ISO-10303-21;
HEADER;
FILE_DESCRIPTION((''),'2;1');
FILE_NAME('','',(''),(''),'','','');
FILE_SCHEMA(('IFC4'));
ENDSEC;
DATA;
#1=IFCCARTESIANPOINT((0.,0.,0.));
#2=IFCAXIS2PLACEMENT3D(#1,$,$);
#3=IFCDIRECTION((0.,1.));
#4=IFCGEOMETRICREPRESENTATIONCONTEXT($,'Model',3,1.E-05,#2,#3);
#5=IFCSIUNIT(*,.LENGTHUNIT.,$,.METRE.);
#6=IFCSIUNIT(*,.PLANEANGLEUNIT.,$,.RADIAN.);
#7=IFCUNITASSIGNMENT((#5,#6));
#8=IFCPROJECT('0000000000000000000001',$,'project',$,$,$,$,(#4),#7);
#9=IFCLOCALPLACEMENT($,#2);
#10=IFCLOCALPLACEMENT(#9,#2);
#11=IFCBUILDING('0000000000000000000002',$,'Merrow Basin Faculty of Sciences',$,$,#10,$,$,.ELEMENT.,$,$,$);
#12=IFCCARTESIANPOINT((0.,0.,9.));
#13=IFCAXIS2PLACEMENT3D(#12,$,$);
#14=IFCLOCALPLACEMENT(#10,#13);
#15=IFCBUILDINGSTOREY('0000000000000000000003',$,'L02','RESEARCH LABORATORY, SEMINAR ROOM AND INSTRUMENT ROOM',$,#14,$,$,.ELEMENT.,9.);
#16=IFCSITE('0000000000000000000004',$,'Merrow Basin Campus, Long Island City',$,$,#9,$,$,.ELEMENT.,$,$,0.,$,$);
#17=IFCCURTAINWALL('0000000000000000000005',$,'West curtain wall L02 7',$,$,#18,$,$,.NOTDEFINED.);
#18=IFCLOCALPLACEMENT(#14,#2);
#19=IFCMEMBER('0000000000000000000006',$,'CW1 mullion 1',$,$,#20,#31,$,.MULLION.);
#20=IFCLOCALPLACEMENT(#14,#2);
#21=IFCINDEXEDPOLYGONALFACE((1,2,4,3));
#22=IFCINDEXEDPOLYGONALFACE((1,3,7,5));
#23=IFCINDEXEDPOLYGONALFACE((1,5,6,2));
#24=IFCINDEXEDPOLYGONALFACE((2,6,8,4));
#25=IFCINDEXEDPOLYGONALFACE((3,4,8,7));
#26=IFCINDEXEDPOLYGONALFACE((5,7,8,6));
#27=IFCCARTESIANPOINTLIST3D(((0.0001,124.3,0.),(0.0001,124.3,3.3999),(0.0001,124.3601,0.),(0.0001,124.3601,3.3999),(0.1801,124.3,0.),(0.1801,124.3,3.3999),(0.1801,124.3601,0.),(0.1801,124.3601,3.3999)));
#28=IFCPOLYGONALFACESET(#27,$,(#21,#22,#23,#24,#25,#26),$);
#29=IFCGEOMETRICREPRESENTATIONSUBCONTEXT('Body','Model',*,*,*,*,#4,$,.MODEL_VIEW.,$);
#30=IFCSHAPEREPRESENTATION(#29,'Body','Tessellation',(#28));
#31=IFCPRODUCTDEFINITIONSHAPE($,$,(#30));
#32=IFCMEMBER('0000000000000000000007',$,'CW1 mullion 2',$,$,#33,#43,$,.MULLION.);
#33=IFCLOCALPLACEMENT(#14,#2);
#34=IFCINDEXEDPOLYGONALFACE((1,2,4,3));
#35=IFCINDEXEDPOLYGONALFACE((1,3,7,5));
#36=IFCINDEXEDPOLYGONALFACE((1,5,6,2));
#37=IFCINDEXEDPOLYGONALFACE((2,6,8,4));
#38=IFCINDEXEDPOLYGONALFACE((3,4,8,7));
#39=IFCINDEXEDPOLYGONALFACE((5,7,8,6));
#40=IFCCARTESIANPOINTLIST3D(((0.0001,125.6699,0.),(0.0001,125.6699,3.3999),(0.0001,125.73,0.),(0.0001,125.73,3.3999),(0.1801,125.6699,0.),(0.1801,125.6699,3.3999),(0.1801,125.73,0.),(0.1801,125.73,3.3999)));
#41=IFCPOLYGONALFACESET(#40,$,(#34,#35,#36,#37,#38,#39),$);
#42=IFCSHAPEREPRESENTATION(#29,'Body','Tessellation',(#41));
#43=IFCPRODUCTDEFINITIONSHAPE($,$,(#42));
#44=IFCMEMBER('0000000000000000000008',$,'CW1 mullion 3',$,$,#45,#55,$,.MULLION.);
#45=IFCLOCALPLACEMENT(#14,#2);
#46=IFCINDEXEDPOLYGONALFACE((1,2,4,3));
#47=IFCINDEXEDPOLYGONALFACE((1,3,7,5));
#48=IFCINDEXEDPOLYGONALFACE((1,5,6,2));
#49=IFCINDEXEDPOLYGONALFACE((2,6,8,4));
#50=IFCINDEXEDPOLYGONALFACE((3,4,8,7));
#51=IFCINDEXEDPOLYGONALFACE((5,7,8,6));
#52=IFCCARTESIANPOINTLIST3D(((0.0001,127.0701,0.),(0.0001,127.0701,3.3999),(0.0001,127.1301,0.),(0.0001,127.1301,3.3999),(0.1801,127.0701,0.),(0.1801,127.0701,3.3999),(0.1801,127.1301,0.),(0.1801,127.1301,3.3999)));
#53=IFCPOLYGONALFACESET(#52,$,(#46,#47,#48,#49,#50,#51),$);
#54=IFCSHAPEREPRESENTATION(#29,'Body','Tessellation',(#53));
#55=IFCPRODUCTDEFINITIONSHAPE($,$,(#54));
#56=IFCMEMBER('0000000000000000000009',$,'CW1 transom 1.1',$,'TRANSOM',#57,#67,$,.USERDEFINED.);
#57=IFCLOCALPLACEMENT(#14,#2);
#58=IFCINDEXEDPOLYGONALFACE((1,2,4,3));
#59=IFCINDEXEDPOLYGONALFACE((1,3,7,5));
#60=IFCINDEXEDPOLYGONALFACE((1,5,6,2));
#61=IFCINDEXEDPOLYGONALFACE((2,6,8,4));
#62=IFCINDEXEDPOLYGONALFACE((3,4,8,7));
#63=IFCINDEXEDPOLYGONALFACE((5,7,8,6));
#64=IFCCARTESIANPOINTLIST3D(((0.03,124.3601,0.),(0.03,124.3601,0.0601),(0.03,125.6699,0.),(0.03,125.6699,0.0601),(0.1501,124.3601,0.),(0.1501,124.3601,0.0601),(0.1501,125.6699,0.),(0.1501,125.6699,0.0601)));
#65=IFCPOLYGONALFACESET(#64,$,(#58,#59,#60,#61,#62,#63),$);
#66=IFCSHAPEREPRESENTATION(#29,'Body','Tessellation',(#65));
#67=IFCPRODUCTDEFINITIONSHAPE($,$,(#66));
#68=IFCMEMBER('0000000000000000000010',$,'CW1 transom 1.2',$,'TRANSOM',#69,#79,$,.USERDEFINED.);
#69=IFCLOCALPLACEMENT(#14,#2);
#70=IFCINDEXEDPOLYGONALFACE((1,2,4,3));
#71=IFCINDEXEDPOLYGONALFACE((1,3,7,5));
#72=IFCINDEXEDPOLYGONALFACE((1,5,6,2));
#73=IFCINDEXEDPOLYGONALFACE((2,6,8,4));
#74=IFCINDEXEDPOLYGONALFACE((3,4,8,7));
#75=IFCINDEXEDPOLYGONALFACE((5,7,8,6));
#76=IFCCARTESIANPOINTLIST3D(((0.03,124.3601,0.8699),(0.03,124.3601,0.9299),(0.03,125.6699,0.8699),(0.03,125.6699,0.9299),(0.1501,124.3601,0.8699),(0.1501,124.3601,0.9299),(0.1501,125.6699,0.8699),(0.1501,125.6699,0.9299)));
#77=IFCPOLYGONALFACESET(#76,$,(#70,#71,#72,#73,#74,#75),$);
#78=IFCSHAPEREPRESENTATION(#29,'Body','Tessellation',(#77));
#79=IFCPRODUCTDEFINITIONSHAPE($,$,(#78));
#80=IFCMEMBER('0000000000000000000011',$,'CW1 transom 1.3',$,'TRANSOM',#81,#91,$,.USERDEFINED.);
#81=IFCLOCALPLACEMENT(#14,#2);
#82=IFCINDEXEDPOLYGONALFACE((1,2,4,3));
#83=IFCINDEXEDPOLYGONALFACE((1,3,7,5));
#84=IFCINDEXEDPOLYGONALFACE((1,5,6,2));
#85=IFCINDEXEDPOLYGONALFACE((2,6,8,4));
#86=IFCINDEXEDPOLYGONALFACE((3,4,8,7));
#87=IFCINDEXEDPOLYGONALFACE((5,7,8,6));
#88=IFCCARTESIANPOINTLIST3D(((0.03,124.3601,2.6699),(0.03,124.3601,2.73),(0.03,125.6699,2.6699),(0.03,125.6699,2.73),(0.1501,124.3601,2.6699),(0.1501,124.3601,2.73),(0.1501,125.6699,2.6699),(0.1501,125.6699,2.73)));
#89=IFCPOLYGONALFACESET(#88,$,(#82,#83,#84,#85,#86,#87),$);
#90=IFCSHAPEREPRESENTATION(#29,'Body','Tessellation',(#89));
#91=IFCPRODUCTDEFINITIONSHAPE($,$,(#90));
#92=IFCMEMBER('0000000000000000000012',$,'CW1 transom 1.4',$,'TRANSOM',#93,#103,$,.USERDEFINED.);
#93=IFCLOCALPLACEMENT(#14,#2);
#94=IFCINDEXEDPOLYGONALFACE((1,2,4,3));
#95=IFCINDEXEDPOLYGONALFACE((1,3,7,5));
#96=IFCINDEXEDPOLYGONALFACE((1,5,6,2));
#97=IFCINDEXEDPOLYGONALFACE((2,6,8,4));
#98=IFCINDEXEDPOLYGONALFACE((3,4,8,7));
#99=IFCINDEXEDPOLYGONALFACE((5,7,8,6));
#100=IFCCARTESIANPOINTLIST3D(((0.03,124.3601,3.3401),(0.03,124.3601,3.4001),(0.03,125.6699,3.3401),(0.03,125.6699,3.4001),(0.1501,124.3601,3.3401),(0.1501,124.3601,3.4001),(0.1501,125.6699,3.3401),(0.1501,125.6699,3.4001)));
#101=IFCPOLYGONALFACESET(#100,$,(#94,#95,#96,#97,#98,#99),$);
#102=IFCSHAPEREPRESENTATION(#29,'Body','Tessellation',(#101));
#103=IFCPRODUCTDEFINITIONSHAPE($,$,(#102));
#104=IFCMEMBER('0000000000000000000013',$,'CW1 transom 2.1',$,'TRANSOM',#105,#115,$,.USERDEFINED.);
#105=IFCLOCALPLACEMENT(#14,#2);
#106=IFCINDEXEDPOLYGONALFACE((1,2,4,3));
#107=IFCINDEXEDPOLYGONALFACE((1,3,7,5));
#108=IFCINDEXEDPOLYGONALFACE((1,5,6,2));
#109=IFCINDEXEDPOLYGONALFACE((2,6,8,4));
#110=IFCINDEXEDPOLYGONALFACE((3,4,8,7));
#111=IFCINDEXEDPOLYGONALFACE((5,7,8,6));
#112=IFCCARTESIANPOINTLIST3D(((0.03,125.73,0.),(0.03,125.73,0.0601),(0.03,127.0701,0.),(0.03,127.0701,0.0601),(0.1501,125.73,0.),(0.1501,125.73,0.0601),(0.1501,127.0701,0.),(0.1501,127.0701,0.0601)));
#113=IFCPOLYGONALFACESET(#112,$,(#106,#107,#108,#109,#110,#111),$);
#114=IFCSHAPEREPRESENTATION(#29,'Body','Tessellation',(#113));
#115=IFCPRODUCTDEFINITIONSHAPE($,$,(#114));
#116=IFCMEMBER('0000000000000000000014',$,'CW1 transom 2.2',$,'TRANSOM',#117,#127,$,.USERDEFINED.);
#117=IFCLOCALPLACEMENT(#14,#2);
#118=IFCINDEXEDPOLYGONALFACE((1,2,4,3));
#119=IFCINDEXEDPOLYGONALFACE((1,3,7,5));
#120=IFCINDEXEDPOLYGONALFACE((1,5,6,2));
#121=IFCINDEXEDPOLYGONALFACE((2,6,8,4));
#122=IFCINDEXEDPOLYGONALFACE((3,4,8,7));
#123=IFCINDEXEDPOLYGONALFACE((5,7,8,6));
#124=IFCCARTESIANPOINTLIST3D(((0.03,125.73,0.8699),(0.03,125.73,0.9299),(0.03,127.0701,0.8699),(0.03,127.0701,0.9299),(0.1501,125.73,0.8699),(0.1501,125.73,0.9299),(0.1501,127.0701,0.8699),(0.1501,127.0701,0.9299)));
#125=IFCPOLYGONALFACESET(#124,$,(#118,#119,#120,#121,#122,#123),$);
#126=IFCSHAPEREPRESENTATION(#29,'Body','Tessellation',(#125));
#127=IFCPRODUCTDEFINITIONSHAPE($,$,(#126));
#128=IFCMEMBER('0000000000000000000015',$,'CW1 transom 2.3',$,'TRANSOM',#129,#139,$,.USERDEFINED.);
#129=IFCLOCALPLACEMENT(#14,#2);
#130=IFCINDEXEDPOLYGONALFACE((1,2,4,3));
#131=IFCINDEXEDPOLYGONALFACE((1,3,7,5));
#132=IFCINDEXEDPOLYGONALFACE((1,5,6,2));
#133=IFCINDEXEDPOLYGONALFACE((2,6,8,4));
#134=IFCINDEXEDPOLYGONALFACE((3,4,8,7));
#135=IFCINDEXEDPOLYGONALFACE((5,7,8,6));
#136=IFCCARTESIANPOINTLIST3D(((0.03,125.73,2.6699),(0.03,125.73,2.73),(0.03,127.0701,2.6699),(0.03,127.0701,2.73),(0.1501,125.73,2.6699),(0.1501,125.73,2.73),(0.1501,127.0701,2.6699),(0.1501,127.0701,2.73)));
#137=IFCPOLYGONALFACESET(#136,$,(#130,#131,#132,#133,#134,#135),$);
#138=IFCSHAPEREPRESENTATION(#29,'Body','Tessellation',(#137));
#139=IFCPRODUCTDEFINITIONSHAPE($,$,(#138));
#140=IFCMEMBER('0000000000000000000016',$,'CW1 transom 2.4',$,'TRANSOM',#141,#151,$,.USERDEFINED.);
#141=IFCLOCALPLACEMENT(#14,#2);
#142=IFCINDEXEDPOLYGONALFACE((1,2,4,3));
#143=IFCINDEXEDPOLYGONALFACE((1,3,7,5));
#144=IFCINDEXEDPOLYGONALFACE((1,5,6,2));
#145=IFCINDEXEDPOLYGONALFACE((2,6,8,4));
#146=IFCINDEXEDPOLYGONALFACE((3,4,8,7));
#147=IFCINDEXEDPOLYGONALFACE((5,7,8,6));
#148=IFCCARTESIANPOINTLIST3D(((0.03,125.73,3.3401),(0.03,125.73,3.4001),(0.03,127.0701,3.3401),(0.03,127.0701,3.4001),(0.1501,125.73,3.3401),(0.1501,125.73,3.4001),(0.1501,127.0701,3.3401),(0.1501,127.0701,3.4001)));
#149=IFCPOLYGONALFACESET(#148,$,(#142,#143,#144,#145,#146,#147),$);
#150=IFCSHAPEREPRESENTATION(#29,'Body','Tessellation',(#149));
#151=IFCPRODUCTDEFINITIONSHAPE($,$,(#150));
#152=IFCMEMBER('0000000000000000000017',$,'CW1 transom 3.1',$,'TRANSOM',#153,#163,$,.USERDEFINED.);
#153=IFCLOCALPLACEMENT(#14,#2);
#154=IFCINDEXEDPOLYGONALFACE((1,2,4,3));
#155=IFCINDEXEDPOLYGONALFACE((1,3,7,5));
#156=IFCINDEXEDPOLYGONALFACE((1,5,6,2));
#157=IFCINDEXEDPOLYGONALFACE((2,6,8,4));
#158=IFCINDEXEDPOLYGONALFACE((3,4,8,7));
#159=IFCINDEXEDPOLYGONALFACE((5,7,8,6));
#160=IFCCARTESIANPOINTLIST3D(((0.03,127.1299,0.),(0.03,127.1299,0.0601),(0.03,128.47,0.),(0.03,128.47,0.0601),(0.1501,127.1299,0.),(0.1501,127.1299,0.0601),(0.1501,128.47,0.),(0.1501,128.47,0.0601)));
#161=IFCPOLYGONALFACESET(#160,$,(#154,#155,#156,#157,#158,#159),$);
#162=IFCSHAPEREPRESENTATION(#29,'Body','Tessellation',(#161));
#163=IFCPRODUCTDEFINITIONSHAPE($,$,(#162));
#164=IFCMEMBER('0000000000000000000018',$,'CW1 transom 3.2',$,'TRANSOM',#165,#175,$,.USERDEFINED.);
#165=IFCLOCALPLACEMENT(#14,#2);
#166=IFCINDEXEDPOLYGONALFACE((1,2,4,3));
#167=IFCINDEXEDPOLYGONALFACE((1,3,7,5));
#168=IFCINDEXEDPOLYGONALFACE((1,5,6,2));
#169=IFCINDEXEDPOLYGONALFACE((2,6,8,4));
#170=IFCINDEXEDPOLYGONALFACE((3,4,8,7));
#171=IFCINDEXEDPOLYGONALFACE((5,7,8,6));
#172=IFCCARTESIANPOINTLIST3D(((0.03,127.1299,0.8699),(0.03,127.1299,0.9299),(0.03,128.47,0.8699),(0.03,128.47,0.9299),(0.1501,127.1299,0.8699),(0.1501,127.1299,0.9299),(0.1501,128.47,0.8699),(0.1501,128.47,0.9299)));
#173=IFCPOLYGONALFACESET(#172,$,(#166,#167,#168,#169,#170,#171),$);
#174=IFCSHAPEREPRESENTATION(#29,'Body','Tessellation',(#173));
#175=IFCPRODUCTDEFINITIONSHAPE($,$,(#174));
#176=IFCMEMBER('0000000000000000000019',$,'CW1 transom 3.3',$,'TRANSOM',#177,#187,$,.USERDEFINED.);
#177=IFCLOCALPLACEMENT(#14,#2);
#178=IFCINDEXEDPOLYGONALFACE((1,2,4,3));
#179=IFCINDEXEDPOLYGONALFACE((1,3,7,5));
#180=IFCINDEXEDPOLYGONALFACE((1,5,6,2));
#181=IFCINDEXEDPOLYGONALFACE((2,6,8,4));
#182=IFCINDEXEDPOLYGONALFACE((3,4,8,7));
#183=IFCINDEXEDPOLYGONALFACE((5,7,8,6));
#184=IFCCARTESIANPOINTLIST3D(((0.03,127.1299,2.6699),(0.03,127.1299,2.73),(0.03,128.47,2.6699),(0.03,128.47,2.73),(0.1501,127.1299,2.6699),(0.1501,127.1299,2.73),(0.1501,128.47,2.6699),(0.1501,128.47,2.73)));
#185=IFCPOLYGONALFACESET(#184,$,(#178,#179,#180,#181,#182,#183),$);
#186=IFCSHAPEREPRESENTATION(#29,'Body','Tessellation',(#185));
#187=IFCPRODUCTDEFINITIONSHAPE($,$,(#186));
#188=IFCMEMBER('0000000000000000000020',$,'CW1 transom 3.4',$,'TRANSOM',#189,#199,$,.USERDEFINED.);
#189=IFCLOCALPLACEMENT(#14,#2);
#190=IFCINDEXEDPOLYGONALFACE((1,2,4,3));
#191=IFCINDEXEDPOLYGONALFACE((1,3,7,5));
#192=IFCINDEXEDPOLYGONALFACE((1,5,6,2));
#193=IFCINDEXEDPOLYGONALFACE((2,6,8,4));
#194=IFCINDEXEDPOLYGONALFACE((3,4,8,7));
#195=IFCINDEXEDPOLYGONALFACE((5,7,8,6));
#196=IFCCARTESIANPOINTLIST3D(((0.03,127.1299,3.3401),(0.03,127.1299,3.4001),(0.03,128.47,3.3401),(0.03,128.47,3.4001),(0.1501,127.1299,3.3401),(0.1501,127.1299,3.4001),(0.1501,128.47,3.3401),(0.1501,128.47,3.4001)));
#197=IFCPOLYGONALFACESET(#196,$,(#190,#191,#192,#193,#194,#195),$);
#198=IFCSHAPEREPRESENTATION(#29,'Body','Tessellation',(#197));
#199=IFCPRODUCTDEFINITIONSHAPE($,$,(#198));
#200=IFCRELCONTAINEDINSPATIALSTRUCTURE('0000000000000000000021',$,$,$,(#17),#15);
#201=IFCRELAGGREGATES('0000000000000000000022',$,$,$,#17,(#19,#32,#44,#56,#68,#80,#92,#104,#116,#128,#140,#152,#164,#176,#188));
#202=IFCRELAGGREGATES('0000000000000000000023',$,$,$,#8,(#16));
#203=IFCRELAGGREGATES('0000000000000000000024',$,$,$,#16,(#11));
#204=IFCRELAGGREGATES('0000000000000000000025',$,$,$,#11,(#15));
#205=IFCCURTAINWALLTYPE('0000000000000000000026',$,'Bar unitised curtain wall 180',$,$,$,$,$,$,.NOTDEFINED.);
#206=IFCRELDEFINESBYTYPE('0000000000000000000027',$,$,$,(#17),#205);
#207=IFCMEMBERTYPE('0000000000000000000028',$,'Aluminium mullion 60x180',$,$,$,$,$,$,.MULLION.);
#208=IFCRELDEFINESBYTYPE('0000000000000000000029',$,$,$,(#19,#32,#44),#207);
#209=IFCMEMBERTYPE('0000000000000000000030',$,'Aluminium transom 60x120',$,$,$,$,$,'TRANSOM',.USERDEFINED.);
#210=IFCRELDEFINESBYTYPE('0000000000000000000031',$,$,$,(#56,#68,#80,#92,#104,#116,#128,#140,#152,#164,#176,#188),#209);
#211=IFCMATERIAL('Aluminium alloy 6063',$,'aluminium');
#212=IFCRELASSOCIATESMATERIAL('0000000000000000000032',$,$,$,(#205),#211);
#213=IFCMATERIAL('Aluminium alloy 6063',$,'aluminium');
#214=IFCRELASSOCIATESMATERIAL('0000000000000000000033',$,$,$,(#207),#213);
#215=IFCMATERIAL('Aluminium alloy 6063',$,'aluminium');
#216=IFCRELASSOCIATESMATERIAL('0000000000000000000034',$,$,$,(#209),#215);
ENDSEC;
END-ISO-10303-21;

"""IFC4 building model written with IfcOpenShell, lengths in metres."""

from ifc_helpers import new_model, si_unit, direction, frame, origin, origin_2d, place, context, subcontext, project, spatial, rectangle, extrude, material, material_profile, profile_set, type_object, element, aggregate, save


model = new_model("IFC4")

# Units and contexts
model_context = context("Model", 3, precision=1e-05, world=origin(), true_north=direction((0.0, 1.0)))
body_context = subcontext(model_context, "Body", "Model", "MODEL_VIEW")
ifc_project = project(units=[si_unit("LENGTHUNIT", "METRE"), si_unit("PLANEANGLEUNIT", "RADIAN")], contexts=[model_context])

# Site, building, storey
site_placement = place(None, origin())
site = spatial("IfcSite", under=ifc_project, at=site_placement, Name="Merrow Basin Campus, Long Island City", CompositionType="ELEMENT", RefElevation=0.0)
building_placement = place(site_placement, origin())
building = spatial("IfcBuilding", under=site, at=building_placement, Name="Merrow Basin Faculty of Sciences", CompositionType="ELEMENT")
storey_placement = place(building_placement, frame((0.0, 0.0, 9.0)))
storey = spatial("IfcBuildingStorey", under=building, at=storey_placement, Name="L02", Description="RESEARCH LABORATORY, SEMINAR ROOM AND INSTRUMENT ROOM", CompositionType="ELEMENT", Elevation=9.0)

# Curtain wall, members
ifc_material_1 = material(Name="Aluminium alloy 6063", Category="aluminium")
curtain_wall_type = type_object("IfcCurtainWallType", Name="Bar unitised curtain wall 180", PredefinedType="NOTDEFINED", material=ifc_material_1)
curtain_wall_placement = place(storey_placement, origin())
curtain_wall = element("IfcCurtainWall", 1, at=curtain_wall_placement, inside=storey, type_object=curtain_wall_type, Name="West curtain wall L02 7", PredefinedType="NOTDEFINED")
ifc_material_2 = material(Name="Aluminium alloy 6063", Category="aluminium")
ifc_material_profile_1 = material_profile(ifc_material_2, rectangle(XDim=0.1799, YDim=0.0601, at=origin_2d()))
ifc_profile_set_1 = profile_set([ifc_material_profile_1], Name="Aluminium alloy 6063")
member_type_1 = type_object("IfcMemberType", Name="Aluminium mullion 60x180", PredefinedType="MULLION", material=ifc_profile_set_1)
member_1_placement = place(storey_placement, frame((0.0901, 124.3301, 0.0), z_axis=(0.0, 0.0, 1.0), x_axis=(-1.0, 0.0, 0.0)))
member_1 = element("IfcMember", 2, at=member_1_placement, type_object=member_type_1, Name="CW1 mullion 1", PredefinedType="MULLION", context=body_context, shape_type="SweptSolid", body=[
    extrude(rectangle(XDim=0.1799, YDim=0.0601, at=origin_2d()), origin(), (0.0, 0.0, 1.0), 3.3999),
])
member_2_placement = place(storey_placement, frame((0.0901, 125.7, 0.0), z_axis=(0.0, 0.0, 1.0), x_axis=(-1.0, 0.0, 0.0)))
member_2 = element("IfcMember", 3, at=member_2_placement, type_object=member_type_1, Name="CW1 mullion 2", PredefinedType="MULLION", context=body_context, shape_type="SweptSolid", body=[
    extrude(rectangle(XDim=0.1799, YDim=0.0601, at=origin_2d()), origin(), (0.0, 0.0, 1.0), 3.3999),
])
member_3_placement = place(storey_placement, frame((0.0901, 127.1001, 0.0), z_axis=(0.0, 0.0, 1.0), x_axis=(-1.0, 0.0, 0.0)))
member_3 = element("IfcMember", 4, at=member_3_placement, type_object=member_type_1, Name="CW1 mullion 3", PredefinedType="MULLION", context=body_context, shape_type="SweptSolid", body=[
    extrude(rectangle(XDim=0.1799, YDim=0.0601, at=origin_2d()), origin(), (0.0, 0.0, 1.0), 3.3999),
])
ifc_material_3 = material(Name="Aluminium alloy 6063", Category="aluminium")
ifc_material_profile_2 = material_profile(ifc_material_3, rectangle(XDim=0.1201, YDim=0.0601, at=origin_2d()))
ifc_profile_set_2 = profile_set([ifc_material_profile_2], Name="Aluminium alloy 6063")
member_type_2 = type_object("IfcMemberType", Name="Aluminium transom 60x120", ElementType="TRANSOM", PredefinedType="USERDEFINED", material=ifc_profile_set_2)
member_4_placement = place(storey_placement, frame((0.0901, 124.3601, 0.03), z_axis=(0.0, 1.0, 0.0), x_axis=(-1.0, 0.0, 0.0)))
member_4 = element("IfcMember", 5, at=member_4_placement, type_object=member_type_2, Name="CW1 transom 1.1", ObjectType="TRANSOM", PredefinedType="USERDEFINED", context=body_context, shape_type="SweptSolid", body=[
    extrude(rectangle(XDim=0.1201, YDim=0.0601, at=origin_2d()), origin(), (0.0, 0.0, 1.0), 1.3098),
])
member_5_placement = place(storey_placement, frame((0.0901, 124.3601, 0.8999), z_axis=(0.0, 1.0, 0.0), x_axis=(-1.0, 0.0, 0.0)))
member_5 = element("IfcMember", 6, at=member_5_placement, type_object=member_type_2, Name="CW1 transom 1.2", ObjectType="TRANSOM", PredefinedType="USERDEFINED", context=body_context, shape_type="SweptSolid", body=[
    extrude(rectangle(XDim=0.1201, YDim=0.0601, at=origin_2d()), origin(), (0.0, 0.0, 1.0), 1.3098),
])
member_6_placement = place(storey_placement, frame((0.0901, 124.3601, 2.7), z_axis=(0.0, 1.0, 0.0), x_axis=(-1.0, 0.0, 0.0)))
member_6 = element("IfcMember", 7, at=member_6_placement, type_object=member_type_2, Name="CW1 transom 1.3", ObjectType="TRANSOM", PredefinedType="USERDEFINED", context=body_context, shape_type="SweptSolid", body=[
    extrude(rectangle(XDim=0.1201, YDim=0.0601, at=origin_2d()), origin(), (0.0, 0.0, 1.0), 1.3098),
])
member_7_placement = place(storey_placement, frame((0.0901, 124.3601, 3.3701), z_axis=(0.0, 1.0, 0.0), x_axis=(-1.0, 0.0, 0.0)))
member_7 = element("IfcMember", 8, at=member_7_placement, type_object=member_type_2, Name="CW1 transom 1.4", ObjectType="TRANSOM", PredefinedType="USERDEFINED", context=body_context, shape_type="SweptSolid", body=[
    extrude(rectangle(XDim=0.1201, YDim=0.0601, at=origin_2d()), origin(), (0.0, 0.0, 1.0), 1.3098),
])
member_8_placement = place(storey_placement, frame((0.0901, 125.73, 0.03), z_axis=(0.0, 1.0, 0.0), x_axis=(-1.0, 0.0, 0.0)))
member_8 = element("IfcMember", 9, at=member_8_placement, type_object=member_type_2, Name="CW1 transom 2.1", ObjectType="TRANSOM", PredefinedType="USERDEFINED", context=body_context, shape_type="SweptSolid", body=[
    extrude(rectangle(XDim=0.1201, YDim=0.0601, at=origin_2d()), origin(), (0.0, 0.0, 1.0), 1.3401),
])
member_9_placement = place(storey_placement, frame((0.0901, 125.73, 0.8999), z_axis=(0.0, 1.0, 0.0), x_axis=(-1.0, 0.0, 0.0)))
member_9 = element("IfcMember", 10, at=member_9_placement, type_object=member_type_2, Name="CW1 transom 2.2", ObjectType="TRANSOM", PredefinedType="USERDEFINED", context=body_context, shape_type="SweptSolid", body=[
    extrude(rectangle(XDim=0.1201, YDim=0.0601, at=origin_2d()), origin(), (0.0, 0.0, 1.0), 1.3401),
])
member_10_placement = place(storey_placement, frame((0.0901, 125.73, 2.7), z_axis=(0.0, 1.0, 0.0), x_axis=(-1.0, 0.0, 0.0)))
member_10 = element("IfcMember", 11, at=member_10_placement, type_object=member_type_2, Name="CW1 transom 2.3", ObjectType="TRANSOM", PredefinedType="USERDEFINED", context=body_context, shape_type="SweptSolid", body=[
    extrude(rectangle(XDim=0.1201, YDim=0.0601, at=origin_2d()), origin(), (0.0, 0.0, 1.0), 1.3401),
])
member_11_placement = place(storey_placement, frame((0.0901, 125.73, 3.3701), z_axis=(0.0, 1.0, 0.0), x_axis=(-1.0, 0.0, 0.0)))
member_11 = element("IfcMember", 12, at=member_11_placement, type_object=member_type_2, Name="CW1 transom 2.4", ObjectType="TRANSOM", PredefinedType="USERDEFINED", context=body_context, shape_type="SweptSolid", body=[
    extrude(rectangle(XDim=0.1201, YDim=0.0601, at=origin_2d()), origin(), (0.0, 0.0, 1.0), 1.3401),
])
member_12_placement = place(storey_placement, frame((0.0901, 127.1299, 0.03), z_axis=(0.0, 1.0, 0.0), x_axis=(-1.0, 0.0, 0.0)))
member_12 = element("IfcMember", 13, at=member_12_placement, type_object=member_type_2, Name="CW1 transom 3.1", ObjectType="TRANSOM", PredefinedType="USERDEFINED", context=body_context, shape_type="SweptSolid", body=[
    extrude(rectangle(XDim=0.1201, YDim=0.0601, at=origin_2d()), origin(), (0.0, 0.0, 1.0), 1.3401),
])
member_13_placement = place(storey_placement, frame((0.0901, 127.1299, 0.8999), z_axis=(0.0, 1.0, 0.0), x_axis=(-1.0, 0.0, 0.0)))
member_13 = element("IfcMember", 14, at=member_13_placement, type_object=member_type_2, Name="CW1 transom 3.2", ObjectType="TRANSOM", PredefinedType="USERDEFINED", context=body_context, shape_type="SweptSolid", body=[
    extrude(rectangle(XDim=0.1201, YDim=0.0601, at=origin_2d()), origin(), (0.0, 0.0, 1.0), 1.3401),
])
member_14_placement = place(storey_placement, frame((0.0901, 127.1299, 2.7), z_axis=(0.0, 1.0, 0.0), x_axis=(-1.0, 0.0, 0.0)))
member_14 = element("IfcMember", 15, at=member_14_placement, type_object=member_type_2, Name="CW1 transom 3.3", ObjectType="TRANSOM", PredefinedType="USERDEFINED", context=body_context, shape_type="SweptSolid", body=[
    extrude(rectangle(XDim=0.1201, YDim=0.0601, at=origin_2d()), origin(), (0.0, 0.0, 1.0), 1.3401),
])
member_15_placement = place(storey_placement, frame((0.0901, 127.1299, 3.3701), z_axis=(0.0, 1.0, 0.0), x_axis=(-1.0, 0.0, 0.0)))
member_15 = element("IfcMember", 16, at=member_15_placement, type_object=member_type_2, Name="CW1 transom 3.4", ObjectType="TRANSOM", PredefinedType="USERDEFINED", context=body_context, shape_type="SweptSolid", body=[
    extrude(rectangle(XDim=0.1201, YDim=0.0601, at=origin_2d()), origin(), (0.0, 0.0, 1.0), 1.3401),
])

aggregate(curtain_wall, [member_1, member_2, member_3, member_4, member_5, member_6, member_7, member_8, member_9, member_10, member_11, member_12, member_13, member_14, member_15])

save(model, "model.ifc")
